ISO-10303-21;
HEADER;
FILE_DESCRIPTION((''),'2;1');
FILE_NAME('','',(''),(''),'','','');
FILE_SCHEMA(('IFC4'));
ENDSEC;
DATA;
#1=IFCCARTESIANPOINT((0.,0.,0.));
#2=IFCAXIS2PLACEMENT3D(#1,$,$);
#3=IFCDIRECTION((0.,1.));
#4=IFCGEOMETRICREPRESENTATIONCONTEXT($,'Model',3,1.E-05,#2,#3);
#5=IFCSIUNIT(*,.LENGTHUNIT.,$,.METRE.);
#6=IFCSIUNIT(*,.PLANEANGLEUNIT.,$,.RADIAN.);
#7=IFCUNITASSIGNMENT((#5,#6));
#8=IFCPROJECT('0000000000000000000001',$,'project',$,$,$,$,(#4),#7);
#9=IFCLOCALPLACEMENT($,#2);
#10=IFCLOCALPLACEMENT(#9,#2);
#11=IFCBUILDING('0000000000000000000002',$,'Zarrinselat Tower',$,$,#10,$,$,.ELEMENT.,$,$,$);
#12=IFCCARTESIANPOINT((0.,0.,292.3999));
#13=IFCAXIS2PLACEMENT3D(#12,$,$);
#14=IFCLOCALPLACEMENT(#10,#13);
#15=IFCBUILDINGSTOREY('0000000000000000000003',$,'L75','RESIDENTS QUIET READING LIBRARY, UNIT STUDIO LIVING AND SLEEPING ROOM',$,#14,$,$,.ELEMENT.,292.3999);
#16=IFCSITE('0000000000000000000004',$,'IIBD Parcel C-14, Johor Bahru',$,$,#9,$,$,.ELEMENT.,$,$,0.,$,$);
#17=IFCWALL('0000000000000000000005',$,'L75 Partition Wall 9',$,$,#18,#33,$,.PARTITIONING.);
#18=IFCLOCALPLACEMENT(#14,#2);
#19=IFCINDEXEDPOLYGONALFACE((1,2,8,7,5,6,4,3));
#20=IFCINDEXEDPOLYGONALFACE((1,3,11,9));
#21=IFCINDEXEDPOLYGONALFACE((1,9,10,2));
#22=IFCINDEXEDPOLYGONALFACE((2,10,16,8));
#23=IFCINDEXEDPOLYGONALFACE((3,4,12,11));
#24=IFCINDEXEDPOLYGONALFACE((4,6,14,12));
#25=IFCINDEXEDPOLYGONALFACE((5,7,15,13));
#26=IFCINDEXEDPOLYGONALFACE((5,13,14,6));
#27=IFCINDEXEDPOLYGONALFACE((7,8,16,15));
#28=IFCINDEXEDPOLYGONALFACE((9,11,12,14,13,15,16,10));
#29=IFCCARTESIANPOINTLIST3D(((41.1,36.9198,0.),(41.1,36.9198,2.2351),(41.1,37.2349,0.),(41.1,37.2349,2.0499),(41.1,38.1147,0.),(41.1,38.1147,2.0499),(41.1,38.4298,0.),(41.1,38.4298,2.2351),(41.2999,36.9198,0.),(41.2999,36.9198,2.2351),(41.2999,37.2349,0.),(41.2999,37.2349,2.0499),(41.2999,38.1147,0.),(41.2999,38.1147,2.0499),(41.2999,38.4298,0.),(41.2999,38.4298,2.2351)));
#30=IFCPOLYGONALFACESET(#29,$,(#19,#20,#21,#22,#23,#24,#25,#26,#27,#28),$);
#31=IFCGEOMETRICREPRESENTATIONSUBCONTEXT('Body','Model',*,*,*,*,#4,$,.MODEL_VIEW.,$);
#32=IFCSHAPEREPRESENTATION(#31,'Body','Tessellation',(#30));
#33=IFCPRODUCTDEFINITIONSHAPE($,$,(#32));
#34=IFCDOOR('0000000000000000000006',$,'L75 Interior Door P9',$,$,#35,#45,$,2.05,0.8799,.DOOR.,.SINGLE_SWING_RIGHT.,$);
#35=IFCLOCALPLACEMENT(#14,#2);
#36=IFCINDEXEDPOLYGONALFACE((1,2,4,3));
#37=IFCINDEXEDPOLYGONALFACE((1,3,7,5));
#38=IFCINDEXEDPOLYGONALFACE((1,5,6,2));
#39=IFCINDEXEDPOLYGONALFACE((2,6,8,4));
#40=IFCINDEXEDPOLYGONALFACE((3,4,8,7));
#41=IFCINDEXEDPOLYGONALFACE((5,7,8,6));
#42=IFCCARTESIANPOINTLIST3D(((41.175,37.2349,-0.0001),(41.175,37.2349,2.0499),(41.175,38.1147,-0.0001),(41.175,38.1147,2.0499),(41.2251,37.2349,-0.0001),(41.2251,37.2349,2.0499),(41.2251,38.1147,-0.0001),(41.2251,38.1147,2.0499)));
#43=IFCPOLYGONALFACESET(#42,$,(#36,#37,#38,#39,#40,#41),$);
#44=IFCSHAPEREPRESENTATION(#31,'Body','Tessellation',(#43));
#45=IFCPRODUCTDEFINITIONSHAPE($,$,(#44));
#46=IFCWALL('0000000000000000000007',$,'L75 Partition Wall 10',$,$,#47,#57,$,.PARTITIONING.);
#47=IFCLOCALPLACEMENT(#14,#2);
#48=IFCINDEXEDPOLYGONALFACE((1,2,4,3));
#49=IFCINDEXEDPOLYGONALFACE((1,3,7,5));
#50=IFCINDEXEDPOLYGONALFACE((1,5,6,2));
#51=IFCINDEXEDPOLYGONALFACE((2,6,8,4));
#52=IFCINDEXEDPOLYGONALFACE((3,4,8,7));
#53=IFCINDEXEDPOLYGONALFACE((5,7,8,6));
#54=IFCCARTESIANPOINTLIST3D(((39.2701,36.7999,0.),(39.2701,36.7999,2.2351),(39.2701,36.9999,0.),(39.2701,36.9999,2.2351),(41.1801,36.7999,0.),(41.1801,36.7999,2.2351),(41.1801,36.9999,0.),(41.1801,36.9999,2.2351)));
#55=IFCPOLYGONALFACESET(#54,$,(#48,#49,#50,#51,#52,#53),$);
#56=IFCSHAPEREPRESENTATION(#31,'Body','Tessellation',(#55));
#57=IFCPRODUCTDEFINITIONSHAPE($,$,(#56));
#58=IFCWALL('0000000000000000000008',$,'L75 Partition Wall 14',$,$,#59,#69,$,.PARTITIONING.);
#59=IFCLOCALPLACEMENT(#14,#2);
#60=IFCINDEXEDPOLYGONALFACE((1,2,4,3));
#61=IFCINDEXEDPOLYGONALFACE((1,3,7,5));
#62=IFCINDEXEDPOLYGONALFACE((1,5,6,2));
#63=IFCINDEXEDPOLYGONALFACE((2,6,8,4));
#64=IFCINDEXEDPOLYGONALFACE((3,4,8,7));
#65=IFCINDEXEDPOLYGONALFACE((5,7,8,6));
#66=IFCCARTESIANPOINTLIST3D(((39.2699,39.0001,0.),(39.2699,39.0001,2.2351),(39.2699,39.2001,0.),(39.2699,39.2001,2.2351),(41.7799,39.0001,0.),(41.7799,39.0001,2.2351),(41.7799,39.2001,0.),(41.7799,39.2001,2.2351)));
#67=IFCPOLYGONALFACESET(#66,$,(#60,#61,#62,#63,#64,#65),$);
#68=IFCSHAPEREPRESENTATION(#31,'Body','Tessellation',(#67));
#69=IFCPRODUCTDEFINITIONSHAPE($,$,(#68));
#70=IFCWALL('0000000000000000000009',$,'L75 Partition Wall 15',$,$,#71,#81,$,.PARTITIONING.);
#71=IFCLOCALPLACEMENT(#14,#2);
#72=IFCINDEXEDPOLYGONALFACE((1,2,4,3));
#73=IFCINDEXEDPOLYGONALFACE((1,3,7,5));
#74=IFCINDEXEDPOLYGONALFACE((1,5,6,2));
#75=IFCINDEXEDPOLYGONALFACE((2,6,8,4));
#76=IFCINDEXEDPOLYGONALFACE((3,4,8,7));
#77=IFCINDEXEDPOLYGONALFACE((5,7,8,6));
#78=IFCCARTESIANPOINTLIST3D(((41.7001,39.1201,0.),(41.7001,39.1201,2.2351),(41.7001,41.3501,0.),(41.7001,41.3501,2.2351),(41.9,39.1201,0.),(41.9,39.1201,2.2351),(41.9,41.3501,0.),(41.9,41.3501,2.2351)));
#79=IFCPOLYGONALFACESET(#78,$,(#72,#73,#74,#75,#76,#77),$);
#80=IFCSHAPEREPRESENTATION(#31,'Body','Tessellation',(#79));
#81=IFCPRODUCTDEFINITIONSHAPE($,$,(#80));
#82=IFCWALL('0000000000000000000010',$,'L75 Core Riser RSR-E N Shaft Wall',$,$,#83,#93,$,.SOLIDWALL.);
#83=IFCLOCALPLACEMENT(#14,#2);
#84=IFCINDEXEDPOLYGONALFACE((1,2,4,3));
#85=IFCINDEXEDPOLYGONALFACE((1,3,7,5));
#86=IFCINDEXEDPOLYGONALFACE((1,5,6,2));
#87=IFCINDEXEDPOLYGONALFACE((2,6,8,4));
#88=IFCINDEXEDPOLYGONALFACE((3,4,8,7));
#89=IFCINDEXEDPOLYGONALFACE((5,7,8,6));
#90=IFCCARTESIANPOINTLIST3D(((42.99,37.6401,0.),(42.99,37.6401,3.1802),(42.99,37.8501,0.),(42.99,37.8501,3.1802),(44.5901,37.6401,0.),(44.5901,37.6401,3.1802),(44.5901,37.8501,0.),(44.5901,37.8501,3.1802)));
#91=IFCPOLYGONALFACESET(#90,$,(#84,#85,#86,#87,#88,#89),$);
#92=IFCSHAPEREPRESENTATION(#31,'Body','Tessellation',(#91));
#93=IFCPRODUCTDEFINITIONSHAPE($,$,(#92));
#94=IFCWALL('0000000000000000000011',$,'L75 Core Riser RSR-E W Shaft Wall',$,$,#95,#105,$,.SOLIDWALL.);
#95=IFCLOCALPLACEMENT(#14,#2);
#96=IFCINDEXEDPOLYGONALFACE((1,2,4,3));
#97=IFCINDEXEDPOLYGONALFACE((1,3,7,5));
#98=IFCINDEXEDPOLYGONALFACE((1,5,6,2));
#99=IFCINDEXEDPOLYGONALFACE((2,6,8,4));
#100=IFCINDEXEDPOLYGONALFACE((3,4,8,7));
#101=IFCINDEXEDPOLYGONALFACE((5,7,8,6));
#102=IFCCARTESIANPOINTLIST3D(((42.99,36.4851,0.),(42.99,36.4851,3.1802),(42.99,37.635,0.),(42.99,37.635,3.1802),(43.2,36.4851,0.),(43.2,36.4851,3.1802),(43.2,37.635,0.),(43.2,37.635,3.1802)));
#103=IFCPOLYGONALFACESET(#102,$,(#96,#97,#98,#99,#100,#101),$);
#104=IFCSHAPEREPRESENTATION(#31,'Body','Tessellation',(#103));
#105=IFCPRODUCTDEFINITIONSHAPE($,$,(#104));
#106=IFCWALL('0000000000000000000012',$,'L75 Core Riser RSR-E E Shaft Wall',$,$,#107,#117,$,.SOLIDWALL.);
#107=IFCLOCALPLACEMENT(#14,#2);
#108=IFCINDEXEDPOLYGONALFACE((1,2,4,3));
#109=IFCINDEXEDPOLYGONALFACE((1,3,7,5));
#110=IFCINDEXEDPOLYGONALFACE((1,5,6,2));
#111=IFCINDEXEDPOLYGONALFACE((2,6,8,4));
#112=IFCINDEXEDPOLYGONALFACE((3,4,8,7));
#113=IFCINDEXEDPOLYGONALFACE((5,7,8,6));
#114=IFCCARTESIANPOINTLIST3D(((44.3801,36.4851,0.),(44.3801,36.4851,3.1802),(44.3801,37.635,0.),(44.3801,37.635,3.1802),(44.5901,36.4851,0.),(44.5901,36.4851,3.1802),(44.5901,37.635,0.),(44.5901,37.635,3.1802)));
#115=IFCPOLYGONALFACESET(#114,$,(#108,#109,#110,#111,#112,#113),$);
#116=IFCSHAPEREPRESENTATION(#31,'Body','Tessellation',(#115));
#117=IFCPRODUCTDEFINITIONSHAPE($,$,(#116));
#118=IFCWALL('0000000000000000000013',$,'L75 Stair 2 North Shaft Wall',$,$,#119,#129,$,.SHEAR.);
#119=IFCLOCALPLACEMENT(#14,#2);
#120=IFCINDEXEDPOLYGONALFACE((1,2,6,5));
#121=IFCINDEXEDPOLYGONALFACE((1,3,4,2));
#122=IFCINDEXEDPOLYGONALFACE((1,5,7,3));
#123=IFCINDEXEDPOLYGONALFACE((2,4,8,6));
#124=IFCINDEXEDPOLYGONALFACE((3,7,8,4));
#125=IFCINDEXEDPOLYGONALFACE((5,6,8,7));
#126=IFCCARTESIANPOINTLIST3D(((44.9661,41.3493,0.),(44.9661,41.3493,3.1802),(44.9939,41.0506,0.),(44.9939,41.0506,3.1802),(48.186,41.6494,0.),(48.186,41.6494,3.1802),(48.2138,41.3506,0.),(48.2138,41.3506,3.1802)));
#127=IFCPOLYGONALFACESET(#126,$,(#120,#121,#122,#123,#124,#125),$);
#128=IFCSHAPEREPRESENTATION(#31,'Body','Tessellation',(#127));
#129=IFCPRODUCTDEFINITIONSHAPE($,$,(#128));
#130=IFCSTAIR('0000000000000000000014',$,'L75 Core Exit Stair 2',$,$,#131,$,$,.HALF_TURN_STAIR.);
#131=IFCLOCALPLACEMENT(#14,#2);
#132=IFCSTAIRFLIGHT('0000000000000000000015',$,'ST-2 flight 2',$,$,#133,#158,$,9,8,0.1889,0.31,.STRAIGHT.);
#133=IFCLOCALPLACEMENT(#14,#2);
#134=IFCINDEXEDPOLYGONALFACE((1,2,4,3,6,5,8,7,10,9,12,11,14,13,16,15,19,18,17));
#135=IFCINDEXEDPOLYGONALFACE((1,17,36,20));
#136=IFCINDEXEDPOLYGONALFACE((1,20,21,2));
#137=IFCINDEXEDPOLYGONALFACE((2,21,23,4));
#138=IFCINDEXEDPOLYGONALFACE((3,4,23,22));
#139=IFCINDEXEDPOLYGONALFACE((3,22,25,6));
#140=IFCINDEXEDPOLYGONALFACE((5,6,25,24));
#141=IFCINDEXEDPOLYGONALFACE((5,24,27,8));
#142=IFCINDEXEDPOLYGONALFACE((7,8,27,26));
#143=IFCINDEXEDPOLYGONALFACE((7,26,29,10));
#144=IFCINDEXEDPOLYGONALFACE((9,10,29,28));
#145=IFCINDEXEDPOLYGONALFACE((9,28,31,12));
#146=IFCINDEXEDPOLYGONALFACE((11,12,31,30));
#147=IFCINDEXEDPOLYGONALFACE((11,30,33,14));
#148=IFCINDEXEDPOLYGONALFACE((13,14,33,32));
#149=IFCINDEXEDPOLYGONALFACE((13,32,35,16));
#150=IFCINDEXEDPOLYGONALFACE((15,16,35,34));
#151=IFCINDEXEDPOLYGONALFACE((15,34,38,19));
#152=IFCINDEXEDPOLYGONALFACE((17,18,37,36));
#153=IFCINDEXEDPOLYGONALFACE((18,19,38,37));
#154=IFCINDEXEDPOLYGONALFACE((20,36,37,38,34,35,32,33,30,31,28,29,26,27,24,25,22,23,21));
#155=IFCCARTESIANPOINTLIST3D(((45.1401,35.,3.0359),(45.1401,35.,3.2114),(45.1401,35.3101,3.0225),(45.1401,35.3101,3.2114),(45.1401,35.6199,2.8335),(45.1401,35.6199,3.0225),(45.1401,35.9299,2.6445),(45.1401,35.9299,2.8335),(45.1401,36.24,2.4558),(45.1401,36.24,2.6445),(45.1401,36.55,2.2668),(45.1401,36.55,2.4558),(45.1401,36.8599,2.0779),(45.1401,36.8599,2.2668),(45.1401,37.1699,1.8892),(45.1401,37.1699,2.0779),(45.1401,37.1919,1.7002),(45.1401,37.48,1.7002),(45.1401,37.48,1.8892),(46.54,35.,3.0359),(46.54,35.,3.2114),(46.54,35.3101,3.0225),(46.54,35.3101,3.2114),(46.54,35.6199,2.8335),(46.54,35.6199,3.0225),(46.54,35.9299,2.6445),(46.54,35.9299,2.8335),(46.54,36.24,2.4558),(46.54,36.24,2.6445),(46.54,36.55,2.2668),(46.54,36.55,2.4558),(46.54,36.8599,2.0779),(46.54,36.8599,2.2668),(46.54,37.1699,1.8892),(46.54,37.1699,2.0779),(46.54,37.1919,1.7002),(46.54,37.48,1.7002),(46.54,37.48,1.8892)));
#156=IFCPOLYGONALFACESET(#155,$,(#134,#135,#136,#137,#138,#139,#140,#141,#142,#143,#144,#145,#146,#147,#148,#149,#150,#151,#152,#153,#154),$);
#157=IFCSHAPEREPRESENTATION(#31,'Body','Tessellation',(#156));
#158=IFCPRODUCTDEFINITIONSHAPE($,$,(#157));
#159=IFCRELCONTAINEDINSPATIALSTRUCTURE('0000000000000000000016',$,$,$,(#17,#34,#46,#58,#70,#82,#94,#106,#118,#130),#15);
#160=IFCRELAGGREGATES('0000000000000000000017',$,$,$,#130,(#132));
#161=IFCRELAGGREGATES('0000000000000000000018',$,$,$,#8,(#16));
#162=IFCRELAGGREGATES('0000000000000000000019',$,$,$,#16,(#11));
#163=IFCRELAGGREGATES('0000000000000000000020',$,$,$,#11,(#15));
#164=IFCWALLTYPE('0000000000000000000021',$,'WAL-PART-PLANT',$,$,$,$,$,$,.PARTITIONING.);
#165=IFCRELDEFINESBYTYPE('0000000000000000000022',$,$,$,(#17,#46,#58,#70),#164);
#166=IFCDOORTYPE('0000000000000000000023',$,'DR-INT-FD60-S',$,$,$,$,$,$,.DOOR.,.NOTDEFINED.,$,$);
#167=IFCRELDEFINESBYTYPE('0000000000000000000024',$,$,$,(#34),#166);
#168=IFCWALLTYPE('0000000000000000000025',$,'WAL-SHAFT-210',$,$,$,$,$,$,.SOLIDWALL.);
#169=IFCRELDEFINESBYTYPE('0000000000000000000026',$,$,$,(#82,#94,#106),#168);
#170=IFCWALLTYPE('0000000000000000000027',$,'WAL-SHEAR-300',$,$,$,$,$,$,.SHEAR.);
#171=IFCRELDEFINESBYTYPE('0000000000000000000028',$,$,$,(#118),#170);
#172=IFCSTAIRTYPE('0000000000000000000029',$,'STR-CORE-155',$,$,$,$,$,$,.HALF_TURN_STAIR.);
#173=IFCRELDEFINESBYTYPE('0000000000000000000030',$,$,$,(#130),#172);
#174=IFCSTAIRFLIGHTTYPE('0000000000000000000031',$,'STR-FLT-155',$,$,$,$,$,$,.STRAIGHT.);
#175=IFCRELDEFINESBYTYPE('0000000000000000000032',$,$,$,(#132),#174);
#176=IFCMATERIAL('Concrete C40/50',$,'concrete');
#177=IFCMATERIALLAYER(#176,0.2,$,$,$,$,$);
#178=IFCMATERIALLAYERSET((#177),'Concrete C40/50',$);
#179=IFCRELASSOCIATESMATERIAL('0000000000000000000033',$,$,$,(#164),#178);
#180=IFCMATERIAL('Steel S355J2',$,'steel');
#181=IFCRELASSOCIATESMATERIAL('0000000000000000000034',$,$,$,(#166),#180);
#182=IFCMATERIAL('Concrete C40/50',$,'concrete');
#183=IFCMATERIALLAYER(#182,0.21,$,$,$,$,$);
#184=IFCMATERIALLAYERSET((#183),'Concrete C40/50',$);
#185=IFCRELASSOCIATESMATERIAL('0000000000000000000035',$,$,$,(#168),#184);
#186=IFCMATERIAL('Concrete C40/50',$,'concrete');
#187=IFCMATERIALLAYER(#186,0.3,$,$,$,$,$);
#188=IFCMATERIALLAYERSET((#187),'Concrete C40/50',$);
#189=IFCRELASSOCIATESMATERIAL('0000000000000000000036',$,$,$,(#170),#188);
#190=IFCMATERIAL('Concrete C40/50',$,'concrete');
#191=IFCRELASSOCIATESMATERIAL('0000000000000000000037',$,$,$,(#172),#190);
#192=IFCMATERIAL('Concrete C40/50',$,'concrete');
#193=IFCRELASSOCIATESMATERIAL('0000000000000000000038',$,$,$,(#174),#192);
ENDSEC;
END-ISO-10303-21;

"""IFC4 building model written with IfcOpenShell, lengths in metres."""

from ifc_helpers import new_model, si_unit, direction, frame, frame_2d, origin, place, context, subcontext, project, spatial, polyline, rectangle, outline, extrude, material, layer, layer_set, type_object, element, fill, aggregate, save


model = new_model("IFC4")

# Units and contexts
model_context = context("Model", 3, precision=1e-05, world=origin(), true_north=direction((0.0, 1.0)))
body_context = subcontext(model_context, "Body", "Model", "MODEL_VIEW")
ifc_project = project(units=[si_unit("LENGTHUNIT", "METRE"), si_unit("PLANEANGLEUNIT", "RADIAN")], contexts=[model_context])

# Site, building, storey
site_placement = place(None, origin())
site = spatial("IfcSite", under=ifc_project, at=site_placement, Name="IIBD Parcel C-14, Johor Bahru", CompositionType="ELEMENT", RefElevation=0.0)
building_placement = place(site_placement, origin())
building = spatial("IfcBuilding", under=site, at=building_placement, Name="Zarrinselat Tower", CompositionType="ELEMENT")
storey_placement = place(building_placement, frame((0.0, 0.0, 292.3999)))
storey = spatial("IfcBuildingStorey", under=building, at=storey_placement, Name="L75", Description="RESIDENTS QUIET READING LIBRARY, UNIT STUDIO LIVING AND SLEEPING ROOM", CompositionType="ELEMENT", Elevation=292.3999)

# Shared definitions
ifc_material_1 = material(Name="Concrete C40/50", Category="concrete")
ifc_layer_1 = layer(ifc_material_1, 0.2)
ifc_layer_set_1 = layer_set([ifc_layer_1], Name="Concrete C40/50")
wall_type_1 = type_object("IfcWallType", Name="WAL-PART-PLANT", PredefinedType="PARTITIONING", material=ifc_layer_set_1)
ifc_material_2 = material(Name="Steel S355J2", Category="steel")
door_type_1 = type_object("IfcDoorType", Name="DR-INT-FD60-S", OperationType="NOTDEFINED", PredefinedType="DOOR", material=ifc_material_2)

# Wall, opening, door
wall_1_placement = place(storey_placement, frame((41.2, 36.9199, 0.0), z_axis=(0.0, 0.0, 1.0), x_axis=(0.0, 1.0, 0.0)))
wall_1 = element("IfcWall", 1, at=wall_1_placement, inside=storey, type_object=wall_type_1, Name="L75 Partition Wall 9", PredefinedType="PARTITIONING", context=body_context, shape_type="SweptSolid", body=[
    extrude(rectangle(XDim=1.51, YDim=0.2, at=frame_2d((0.7549, 0.0))), origin(), (0.0, 0.0, 1.0), 2.2351),
])
opening_1_placement = place(wall_1_placement, frame((0.3149, 0.0, 0.0)))
opening_1 = element("IfcOpeningElement", 2, at=opening_1_placement, cuts=wall_1, PredefinedType="OPENING", context=body_context, shape_type="SweptSolid", body=[
    extrude(rectangle(XDim=0.8799, YDim=2.05, at=frame_2d((0.4399, 1.0249))), frame((0.0, 0.1099, 0.0), z_axis=(0.0, -1.0, 0.0), x_axis=(1.0, 0.0, 0.0)), (0.0, 0.0, 1.0), 0.22),
])
door_1_placement = place(opening_1_placement, origin())
door_1 = element("IfcDoor", 3, at=door_1_placement, inside=storey, type_object=door_type_1, Name="L75 Interior Door P9", OperationType="SINGLE_SWING_RIGHT", OverallHeight=2.05, OverallWidth=0.8799, PredefinedType="DOOR", context=body_context, shape_type="SweptSolid", body=[
    extrude(rectangle(XDim=0.8799, YDim=2.05, at=frame_2d((0.4399, 1.0249))), frame((0.0, 0.0249, 0.0), z_axis=(0.0, -1.0, 0.0), x_axis=(1.0, 0.0, 0.0)), (0.0, 0.0, 1.0), 0.05),
])
fill(opening_1, door_1)

# Walls
wall_2_placement = place(storey_placement, frame((39.27, 36.8999, 0.0), z_axis=(0.0, 0.0, 1.0), x_axis=(1.0, 0.0, 0.0)))
element("IfcWall", 4, at=wall_2_placement, inside=storey, type_object=wall_type_1, Name="L75 Partition Wall 10", PredefinedType="PARTITIONING", context=body_context, shape_type="SweptSolid", body=[
    extrude(rectangle(XDim=1.9099, YDim=0.2, at=frame_2d((0.9551, 0.0))), origin(), (0.0, 0.0, 1.0), 2.2351),
])
wall_3_placement = place(storey_placement, frame((39.27, 39.1001, 0.0), z_axis=(0.0, 0.0, 1.0), x_axis=(1.0, 0.0, 0.0)))
element("IfcWall", 5, at=wall_3_placement, inside=storey, type_object=wall_type_1, Name="L75 Partition Wall 14", PredefinedType="PARTITIONING", context=body_context, shape_type="SweptSolid", body=[
    extrude(rectangle(XDim=2.51, YDim=0.2, at=frame_2d((1.2549, 0.0))), origin(), (0.0, 0.0, 1.0), 2.2351),
])
wall_4_placement = place(storey_placement, frame((41.8, 39.1201, 0.0), z_axis=(0.0, 0.0, 1.0), x_axis=(0.0, 1.0, 0.0)))
element("IfcWall", 6, at=wall_4_placement, inside=storey, type_object=wall_type_1, Name="L75 Partition Wall 15", PredefinedType="PARTITIONING", context=body_context, shape_type="SweptSolid", body=[
    extrude(rectangle(XDim=2.23, YDim=0.2, at=frame_2d((1.115, 0.0))), origin(), (0.0, 0.0, 1.0), 2.2351),
])
ifc_material_3 = material(Name="Concrete C40/50", Category="concrete")
ifc_layer_2 = layer(ifc_material_3, 0.21)
ifc_layer_set_2 = layer_set([ifc_layer_2], Name="Concrete C40/50")
wall_type_2 = type_object("IfcWallType", Name="WAL-SHAFT-210", PredefinedType="SOLIDWALL", material=ifc_layer_set_2)
wall_5_placement = place(storey_placement, frame((42.99, 37.7451, 0.0), z_axis=(0.0, 0.0, 1.0), x_axis=(1.0, 0.0, 0.0)))
element("IfcWall", 7, at=wall_5_placement, inside=storey, type_object=wall_type_2, Name="L75 Core Riser RSR-E N Shaft Wall", PredefinedType="SOLIDWALL", context=body_context, shape_type="SweptSolid", body=[
    extrude(rectangle(XDim=1.6001, YDim=0.21, at=frame_2d((0.8, 0.0))), origin(), (0.0, 0.0, 1.0), 3.1802),
])
for number, where, z_axis, x_axis, name in (
    (8, (43.095, 36.4851, 0.0), (0.0, 0.0, 1.0), (0.0, 1.0, 0.0), "L75 Core Riser RSR-E W Shaft Wall"),
    (9, (44.4851, 36.4851, 0.0), (0.0, 0.0, 1.0), (0.0, 1.0, 0.0), "L75 Core Riser RSR-E E Shaft Wall"),
):
    element("IfcWall", number, at=place(storey_placement, frame(where, z_axis=z_axis, x_axis=x_axis)), inside=storey, type_object=wall_type_2, Name=name, PredefinedType="SOLIDWALL", context=body_context, shape_type="SweptSolid", body=[
        extrude(rectangle(XDim=1.1499, YDim=0.21, at=frame_2d((0.575, 0.0))), origin(), (0.0, 0.0, 1.0), 3.1802),
    ])
ifc_material_4 = material(Name="Concrete C40/50", Category="concrete")
ifc_layer_3 = layer(ifc_material_4, 0.3)
ifc_layer_set_3 = layer_set([ifc_layer_3], Name="Concrete C40/50")
wall_type_3 = type_object("IfcWallType", Name="WAL-SHEAR-300", PredefinedType="SHEAR", material=ifc_layer_set_3)
wall_6_placement = place(storey_placement, frame((44.98, 41.2, 0.0), z_axis=(0.0, 0.0, 1.0), x_axis=(0.995686, 0.092782, 0.0)))
element("IfcWall", 10, at=wall_6_placement, inside=storey, type_object=wall_type_3, Name="L75 Stair 2 North Shaft Wall", PredefinedType="SHEAR", context=body_context, shape_type="SweptSolid", body=[
    extrude(rectangle(XDim=3.2339, YDim=0.3, at=frame_2d((1.6169, 0.0))), origin(), (0.0, 0.0, 1.0), 3.1802),
])

# Stair, stair flight
ifc_material_5 = material(Name="Concrete C40/50", Category="concrete")
stair_type = type_object("IfcStairType", Name="STR-CORE-155", PredefinedType="HALF_TURN_STAIR", material=ifc_material_5)
stair_placement = place(storey_placement, origin())
stair = element("IfcStair", 11, at=stair_placement, inside=storey, type_object=stair_type, Name="L75 Core Exit Stair 2", PredefinedType="HALF_TURN_STAIR")
ifc_material_6 = material(Name="Concrete C40/50", Category="concrete")
stair_flight_type = type_object("IfcStairFlightType", Name="STR-FLT-155", PredefinedType="STRAIGHT", material=ifc_material_6)
stair_flight_placement = place(storey_placement, frame((45.8401, 37.48, 1.7002), z_axis=(0.0, 0.0, 1.0), x_axis=(0.0, -1.0, 0.0)))
stair_flight = element("IfcStairFlight", 12, at=stair_flight_placement, type_object=stair_flight_type, Name="ST-2 flight 2", NumberOfRisers=9, NumberOfTreads=8, PredefinedType="STRAIGHT", RiserHeight=0.1889, TreadLength=0.31, context=body_context, shape_type="SweptSolid", body=[
    extrude(outline(polyline([(0.0, 0.0), (0.0, 0.189), (0.3101, 0.189), (0.3101, 0.3777), (0.6201, 0.3777), (0.6201, 0.5667), (0.9299, 0.5667), (0.9299, 0.7556), (1.24, 0.7556), (1.24, 0.9443), (1.55, 0.9443), (1.55, 1.1333), (1.8601, 1.1333), (1.8601, 1.3223), (2.1699, 1.3223), (2.1699, 1.5112), (2.48, 1.5112), (2.48, 1.7), (2.48, 1.3357), (0.2881, 0.0), (0.0, 0.0)])), frame((0.0, 0.7, 0.0), z_axis=(0.0, -1.0, 0.0), x_axis=(1.0, 0.0, 0.0)), (0.0, 0.0, 1.0), 1.3999),
])
aggregate(stair, [stair_flight])

save(model, "model.ifc")
